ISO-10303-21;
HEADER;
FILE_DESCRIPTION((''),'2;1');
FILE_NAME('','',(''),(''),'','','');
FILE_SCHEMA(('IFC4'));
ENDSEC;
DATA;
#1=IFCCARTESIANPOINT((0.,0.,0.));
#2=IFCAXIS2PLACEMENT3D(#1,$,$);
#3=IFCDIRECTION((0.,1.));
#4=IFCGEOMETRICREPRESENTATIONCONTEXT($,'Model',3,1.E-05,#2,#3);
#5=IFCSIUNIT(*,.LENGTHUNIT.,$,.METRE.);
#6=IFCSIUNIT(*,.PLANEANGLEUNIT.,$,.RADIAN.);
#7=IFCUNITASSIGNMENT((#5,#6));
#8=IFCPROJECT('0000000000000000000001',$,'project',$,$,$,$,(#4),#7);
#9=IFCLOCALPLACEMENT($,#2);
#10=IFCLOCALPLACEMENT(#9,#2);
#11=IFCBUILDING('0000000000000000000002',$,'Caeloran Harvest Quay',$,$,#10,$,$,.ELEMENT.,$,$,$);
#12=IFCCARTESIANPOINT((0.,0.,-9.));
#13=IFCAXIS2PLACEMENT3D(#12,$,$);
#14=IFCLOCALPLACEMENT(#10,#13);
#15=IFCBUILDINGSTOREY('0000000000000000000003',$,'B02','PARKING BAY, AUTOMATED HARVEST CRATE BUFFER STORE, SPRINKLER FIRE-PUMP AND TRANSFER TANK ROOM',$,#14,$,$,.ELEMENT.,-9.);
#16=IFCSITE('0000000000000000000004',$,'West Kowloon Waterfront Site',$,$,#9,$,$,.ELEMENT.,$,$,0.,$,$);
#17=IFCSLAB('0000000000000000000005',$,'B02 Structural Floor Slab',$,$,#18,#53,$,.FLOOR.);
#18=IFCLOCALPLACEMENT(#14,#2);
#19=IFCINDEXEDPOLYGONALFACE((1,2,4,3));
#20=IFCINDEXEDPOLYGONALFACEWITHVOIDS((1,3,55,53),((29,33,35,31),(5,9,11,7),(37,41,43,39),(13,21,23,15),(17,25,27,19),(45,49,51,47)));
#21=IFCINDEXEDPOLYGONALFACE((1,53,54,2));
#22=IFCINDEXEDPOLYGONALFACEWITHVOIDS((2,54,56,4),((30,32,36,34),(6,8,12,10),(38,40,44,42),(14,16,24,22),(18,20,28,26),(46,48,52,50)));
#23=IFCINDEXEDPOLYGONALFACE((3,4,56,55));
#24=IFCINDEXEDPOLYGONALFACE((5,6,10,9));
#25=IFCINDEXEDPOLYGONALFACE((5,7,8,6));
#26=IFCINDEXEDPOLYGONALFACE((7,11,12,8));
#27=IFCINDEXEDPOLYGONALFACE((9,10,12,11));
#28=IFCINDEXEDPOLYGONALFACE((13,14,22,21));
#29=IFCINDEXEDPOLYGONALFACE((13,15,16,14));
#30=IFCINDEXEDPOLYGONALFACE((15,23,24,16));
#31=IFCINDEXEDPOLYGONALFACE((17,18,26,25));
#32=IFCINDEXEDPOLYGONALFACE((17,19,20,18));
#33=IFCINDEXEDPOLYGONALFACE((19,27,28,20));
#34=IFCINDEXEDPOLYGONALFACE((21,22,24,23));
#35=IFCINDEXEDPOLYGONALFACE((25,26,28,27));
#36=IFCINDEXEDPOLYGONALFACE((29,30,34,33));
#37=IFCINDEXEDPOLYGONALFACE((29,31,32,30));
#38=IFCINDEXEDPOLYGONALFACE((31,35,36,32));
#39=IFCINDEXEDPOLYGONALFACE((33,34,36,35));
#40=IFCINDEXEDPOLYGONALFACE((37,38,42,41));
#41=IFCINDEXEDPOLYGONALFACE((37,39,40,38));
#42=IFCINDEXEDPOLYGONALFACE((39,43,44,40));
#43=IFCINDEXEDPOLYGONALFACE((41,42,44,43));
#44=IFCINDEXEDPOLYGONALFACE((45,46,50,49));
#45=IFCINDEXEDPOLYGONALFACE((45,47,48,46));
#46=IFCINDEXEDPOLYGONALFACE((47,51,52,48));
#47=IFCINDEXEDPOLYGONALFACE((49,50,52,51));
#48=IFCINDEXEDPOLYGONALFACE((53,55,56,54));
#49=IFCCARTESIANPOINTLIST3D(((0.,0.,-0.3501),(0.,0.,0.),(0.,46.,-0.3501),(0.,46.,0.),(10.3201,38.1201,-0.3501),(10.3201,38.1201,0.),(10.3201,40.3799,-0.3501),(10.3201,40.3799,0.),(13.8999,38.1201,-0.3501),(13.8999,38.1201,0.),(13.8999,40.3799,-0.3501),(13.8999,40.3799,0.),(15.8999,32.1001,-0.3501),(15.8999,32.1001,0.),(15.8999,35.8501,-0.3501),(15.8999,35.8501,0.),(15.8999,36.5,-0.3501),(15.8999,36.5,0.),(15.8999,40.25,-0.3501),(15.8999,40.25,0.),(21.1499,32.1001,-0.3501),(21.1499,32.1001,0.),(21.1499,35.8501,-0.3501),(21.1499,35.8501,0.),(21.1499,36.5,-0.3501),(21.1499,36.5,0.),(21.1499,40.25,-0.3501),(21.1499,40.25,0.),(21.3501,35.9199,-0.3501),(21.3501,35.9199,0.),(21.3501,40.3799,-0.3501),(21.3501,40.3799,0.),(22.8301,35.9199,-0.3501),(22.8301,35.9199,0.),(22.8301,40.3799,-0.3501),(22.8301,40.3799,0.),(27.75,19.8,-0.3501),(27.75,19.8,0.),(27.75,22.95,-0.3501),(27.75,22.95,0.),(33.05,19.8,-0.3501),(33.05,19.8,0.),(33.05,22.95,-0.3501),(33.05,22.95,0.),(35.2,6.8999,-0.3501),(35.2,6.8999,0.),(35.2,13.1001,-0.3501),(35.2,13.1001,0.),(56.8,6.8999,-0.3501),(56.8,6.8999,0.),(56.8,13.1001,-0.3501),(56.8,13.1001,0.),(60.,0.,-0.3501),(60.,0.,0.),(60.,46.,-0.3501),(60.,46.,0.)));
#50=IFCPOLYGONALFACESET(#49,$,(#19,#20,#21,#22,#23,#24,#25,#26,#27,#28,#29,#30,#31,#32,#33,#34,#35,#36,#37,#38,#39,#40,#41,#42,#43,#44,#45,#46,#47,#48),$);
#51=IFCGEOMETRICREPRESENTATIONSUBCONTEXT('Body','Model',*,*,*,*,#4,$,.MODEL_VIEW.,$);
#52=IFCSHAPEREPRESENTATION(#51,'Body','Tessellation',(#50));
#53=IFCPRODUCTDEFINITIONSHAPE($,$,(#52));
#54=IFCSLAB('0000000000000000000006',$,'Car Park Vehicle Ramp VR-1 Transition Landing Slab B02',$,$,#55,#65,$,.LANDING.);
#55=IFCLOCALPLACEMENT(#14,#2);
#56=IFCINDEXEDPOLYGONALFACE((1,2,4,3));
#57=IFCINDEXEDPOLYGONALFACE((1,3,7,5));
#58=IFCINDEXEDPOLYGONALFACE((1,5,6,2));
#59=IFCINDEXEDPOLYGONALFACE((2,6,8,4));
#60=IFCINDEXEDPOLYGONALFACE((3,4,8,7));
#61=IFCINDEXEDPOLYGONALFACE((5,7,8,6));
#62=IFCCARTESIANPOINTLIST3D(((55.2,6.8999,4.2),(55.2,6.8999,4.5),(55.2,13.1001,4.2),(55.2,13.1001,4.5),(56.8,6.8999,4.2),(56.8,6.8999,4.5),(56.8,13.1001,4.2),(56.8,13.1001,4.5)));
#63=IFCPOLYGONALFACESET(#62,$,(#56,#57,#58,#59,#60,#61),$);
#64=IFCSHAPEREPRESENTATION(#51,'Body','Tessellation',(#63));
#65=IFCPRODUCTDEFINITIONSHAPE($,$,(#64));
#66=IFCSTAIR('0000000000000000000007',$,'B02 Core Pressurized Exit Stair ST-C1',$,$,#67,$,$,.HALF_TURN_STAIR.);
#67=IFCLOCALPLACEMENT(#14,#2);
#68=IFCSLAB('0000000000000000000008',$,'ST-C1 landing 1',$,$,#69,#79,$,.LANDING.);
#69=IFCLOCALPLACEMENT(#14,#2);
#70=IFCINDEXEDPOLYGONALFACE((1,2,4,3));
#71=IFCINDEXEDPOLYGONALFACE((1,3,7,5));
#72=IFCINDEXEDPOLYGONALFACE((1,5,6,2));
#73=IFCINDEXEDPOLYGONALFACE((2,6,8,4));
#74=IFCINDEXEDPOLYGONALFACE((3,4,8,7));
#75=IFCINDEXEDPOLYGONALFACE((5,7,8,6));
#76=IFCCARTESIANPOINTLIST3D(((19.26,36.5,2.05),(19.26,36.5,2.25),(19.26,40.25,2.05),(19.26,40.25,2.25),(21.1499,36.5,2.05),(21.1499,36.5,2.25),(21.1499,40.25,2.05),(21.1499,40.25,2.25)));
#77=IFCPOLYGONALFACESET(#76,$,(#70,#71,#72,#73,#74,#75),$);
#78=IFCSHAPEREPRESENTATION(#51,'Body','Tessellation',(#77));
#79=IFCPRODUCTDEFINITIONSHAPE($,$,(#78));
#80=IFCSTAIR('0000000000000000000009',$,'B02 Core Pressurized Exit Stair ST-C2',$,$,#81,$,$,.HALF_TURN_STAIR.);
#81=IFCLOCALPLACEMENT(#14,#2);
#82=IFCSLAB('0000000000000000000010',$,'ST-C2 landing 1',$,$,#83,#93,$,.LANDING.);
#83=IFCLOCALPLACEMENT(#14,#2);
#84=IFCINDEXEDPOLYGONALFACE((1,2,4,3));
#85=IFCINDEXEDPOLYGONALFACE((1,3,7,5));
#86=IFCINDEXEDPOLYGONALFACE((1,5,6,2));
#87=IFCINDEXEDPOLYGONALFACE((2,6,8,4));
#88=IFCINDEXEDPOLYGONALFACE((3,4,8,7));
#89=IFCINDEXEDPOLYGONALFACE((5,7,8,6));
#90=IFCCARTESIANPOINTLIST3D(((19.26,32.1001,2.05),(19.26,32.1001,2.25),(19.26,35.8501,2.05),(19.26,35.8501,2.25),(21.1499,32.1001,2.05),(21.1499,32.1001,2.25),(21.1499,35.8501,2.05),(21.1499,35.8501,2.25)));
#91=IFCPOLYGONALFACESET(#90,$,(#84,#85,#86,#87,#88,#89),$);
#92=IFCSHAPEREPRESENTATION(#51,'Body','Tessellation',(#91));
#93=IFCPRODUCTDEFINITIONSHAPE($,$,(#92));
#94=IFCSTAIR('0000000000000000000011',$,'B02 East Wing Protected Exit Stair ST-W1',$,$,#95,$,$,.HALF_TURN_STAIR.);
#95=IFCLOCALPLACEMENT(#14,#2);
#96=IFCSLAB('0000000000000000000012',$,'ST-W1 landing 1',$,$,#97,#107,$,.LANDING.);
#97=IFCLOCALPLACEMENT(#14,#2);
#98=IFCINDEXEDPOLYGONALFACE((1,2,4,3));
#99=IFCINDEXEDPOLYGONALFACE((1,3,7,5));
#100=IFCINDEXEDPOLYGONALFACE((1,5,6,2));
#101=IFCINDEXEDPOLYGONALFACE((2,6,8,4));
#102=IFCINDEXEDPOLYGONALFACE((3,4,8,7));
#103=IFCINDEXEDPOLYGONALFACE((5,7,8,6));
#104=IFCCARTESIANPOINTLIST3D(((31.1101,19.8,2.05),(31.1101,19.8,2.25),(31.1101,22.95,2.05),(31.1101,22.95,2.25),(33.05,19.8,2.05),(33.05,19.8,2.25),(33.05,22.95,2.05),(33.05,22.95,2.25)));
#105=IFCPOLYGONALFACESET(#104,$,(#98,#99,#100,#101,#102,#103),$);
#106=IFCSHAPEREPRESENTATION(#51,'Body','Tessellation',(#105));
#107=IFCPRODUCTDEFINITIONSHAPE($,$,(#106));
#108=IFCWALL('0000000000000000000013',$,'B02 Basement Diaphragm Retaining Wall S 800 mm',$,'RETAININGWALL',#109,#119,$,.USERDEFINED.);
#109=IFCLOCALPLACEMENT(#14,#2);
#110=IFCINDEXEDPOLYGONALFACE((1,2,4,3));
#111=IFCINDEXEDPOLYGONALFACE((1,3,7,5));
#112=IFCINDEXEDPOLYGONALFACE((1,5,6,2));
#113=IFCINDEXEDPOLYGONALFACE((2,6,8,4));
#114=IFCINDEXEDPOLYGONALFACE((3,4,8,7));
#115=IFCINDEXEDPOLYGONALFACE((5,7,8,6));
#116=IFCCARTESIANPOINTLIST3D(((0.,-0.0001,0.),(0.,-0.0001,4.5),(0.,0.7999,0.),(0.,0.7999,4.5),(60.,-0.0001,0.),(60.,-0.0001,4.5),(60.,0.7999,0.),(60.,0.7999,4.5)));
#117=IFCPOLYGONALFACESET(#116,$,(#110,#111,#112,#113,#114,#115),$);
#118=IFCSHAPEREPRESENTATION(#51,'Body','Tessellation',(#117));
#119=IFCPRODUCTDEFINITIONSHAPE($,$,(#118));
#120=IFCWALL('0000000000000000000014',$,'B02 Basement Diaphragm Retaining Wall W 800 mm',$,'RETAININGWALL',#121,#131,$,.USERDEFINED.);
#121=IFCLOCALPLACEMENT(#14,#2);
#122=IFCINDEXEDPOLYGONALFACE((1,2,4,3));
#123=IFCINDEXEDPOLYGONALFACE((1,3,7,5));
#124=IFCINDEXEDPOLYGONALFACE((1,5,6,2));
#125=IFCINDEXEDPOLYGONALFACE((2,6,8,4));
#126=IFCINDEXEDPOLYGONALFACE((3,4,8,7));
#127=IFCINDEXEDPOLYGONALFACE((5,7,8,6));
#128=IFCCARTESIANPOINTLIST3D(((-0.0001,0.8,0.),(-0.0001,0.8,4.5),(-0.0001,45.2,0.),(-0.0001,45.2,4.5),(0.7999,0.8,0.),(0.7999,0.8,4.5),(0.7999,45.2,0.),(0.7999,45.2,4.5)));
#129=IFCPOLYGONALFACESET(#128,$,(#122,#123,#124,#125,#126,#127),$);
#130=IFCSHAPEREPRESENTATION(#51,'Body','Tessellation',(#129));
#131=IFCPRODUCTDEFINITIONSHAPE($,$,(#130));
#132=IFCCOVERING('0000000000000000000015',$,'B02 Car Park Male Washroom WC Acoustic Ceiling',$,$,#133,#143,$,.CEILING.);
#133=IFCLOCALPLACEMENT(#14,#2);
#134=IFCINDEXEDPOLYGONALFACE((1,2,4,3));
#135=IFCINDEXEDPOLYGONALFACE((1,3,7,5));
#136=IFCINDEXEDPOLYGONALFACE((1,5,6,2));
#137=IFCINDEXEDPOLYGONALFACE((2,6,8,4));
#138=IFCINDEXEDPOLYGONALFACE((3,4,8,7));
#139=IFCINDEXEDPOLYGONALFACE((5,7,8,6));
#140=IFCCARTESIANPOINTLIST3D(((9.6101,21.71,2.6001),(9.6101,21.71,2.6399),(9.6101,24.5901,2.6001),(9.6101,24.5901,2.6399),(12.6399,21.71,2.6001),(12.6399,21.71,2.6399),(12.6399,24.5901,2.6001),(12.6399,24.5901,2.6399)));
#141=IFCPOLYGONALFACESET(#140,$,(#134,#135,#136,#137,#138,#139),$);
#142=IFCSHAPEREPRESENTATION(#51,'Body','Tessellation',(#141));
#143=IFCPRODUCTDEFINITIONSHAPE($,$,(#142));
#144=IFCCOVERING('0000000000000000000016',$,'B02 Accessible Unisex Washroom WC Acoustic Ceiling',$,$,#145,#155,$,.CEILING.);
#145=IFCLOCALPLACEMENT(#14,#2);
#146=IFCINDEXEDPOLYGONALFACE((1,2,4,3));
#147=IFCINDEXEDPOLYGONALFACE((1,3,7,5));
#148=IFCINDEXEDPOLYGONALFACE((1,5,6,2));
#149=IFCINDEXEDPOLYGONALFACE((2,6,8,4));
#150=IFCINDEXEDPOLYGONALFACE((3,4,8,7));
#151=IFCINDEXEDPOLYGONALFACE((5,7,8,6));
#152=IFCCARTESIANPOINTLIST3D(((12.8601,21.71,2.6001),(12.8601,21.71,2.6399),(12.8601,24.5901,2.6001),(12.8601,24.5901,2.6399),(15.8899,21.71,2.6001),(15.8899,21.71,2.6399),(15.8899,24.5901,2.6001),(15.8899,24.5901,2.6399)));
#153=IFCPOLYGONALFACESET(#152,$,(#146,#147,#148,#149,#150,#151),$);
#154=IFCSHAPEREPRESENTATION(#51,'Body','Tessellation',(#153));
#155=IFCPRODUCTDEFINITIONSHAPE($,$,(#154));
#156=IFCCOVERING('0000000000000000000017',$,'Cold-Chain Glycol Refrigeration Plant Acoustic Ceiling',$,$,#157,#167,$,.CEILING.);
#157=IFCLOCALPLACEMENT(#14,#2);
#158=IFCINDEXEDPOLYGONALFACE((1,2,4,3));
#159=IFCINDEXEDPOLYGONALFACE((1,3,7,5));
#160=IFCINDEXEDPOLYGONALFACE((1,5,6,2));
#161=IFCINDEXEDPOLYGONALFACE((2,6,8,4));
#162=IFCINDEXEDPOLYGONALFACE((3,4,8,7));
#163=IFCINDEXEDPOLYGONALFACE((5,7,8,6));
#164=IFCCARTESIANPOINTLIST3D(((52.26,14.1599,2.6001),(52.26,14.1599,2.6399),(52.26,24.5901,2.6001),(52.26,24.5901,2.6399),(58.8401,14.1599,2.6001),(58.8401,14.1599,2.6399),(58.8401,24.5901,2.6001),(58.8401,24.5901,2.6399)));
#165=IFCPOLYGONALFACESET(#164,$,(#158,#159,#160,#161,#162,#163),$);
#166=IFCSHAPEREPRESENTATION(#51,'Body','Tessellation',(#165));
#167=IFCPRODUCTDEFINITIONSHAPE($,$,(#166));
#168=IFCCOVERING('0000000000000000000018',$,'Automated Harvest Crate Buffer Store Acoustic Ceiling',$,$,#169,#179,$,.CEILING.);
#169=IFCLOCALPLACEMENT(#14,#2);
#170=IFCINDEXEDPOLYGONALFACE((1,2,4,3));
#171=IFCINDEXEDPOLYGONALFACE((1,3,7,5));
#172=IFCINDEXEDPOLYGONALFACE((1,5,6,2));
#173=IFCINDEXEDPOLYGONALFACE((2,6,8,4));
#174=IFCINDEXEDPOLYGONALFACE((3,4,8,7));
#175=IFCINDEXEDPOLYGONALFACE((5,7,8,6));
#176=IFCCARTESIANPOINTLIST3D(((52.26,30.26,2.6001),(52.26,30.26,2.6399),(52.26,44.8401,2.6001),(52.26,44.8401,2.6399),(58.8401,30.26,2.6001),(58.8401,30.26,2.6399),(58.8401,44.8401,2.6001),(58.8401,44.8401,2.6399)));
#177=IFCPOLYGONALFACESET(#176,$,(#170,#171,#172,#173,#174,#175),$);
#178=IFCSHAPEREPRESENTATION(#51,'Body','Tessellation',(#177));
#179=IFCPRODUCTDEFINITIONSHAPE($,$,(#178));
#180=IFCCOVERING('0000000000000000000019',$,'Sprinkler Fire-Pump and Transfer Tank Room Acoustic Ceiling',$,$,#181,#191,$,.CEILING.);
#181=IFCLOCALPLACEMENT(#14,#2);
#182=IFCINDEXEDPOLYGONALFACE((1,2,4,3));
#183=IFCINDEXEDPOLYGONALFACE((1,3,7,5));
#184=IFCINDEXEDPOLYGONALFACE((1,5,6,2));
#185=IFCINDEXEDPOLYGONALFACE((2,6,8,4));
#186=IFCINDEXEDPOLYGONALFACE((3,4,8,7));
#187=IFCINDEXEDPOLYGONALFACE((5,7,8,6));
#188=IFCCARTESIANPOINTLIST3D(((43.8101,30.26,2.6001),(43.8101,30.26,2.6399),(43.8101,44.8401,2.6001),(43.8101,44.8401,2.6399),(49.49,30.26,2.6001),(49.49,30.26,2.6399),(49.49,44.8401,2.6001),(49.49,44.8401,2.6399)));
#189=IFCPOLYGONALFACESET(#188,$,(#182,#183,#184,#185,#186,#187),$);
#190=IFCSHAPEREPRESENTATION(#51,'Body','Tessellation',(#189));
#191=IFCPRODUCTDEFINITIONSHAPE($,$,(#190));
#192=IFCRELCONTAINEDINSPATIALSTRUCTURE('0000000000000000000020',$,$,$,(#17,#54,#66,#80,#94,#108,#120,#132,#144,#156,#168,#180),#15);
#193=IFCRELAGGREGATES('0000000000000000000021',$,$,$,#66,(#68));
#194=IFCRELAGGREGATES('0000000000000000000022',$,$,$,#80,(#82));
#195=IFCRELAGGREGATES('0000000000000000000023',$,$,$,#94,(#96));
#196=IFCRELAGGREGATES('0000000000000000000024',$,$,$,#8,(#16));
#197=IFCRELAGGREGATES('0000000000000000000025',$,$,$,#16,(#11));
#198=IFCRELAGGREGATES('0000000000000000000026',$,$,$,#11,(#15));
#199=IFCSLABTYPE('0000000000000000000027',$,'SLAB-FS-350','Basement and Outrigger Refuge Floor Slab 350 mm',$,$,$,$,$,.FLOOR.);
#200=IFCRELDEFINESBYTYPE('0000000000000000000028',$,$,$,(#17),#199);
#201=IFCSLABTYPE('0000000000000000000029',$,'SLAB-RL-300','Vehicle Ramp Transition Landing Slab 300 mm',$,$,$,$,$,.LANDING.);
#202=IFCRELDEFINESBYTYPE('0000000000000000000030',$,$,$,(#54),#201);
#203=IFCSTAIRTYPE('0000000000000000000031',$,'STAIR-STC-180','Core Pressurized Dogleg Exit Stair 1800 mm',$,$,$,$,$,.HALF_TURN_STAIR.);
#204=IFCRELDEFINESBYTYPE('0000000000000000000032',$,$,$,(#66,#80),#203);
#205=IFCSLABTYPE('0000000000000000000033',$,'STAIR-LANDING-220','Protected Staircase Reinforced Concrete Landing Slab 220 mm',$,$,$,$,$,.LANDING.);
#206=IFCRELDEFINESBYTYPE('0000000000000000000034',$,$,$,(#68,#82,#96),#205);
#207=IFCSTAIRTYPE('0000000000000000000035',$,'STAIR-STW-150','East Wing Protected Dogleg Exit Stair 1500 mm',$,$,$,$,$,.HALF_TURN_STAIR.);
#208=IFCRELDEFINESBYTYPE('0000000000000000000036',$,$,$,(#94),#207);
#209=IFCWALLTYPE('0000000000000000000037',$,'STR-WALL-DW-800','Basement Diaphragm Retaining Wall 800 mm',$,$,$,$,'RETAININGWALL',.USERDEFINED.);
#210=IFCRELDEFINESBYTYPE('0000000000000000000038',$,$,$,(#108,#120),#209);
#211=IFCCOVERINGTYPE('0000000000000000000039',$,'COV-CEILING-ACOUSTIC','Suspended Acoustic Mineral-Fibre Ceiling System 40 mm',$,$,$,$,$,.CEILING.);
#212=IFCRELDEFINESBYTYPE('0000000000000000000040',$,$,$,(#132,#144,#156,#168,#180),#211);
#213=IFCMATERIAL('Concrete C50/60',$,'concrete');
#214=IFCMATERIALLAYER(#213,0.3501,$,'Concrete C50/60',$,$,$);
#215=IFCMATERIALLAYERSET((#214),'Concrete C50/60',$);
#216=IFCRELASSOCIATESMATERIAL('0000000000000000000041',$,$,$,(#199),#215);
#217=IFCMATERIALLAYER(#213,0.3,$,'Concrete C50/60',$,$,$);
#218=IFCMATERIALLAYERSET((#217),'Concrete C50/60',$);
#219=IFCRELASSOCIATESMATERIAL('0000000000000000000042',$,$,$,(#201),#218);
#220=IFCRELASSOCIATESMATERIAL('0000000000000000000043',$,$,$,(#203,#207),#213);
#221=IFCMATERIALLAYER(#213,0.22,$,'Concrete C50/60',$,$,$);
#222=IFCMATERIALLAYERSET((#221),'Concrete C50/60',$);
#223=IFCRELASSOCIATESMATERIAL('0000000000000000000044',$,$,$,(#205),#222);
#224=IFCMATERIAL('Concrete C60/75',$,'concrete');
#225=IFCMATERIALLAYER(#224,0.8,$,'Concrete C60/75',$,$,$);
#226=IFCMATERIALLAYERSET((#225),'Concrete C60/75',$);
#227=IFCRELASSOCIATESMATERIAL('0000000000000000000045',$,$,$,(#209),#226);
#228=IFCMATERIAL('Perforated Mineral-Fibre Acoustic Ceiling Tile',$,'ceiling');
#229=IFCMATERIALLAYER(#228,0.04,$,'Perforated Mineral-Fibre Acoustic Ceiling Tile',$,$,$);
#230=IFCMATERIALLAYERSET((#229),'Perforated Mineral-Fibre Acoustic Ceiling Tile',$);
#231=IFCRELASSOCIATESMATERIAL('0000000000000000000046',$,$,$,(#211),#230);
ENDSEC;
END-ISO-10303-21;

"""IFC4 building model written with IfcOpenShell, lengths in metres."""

from ifc_helpers import new_model, si_unit, direction, frame, frame_2d, origin, place, context, subcontext, project, spatial, polyline, rectangle, outline, extrude, material, layer, layer_set, type_object, element, aggregate, save


model = new_model("IFC4")

# Units and contexts
model_context = context("Model", 3, precision=1e-05, world=origin(), true_north=direction((0.0, 1.0)))
body_context = subcontext(model_context, "Body", "Model", "MODEL_VIEW")
ifc_project = project(units=[si_unit("LENGTHUNIT", "METRE"), si_unit("PLANEANGLEUNIT", "RADIAN")], contexts=[model_context])

# Site, building, storey
site_placement = place(None, origin())
site = spatial("IfcSite", under=ifc_project, at=site_placement, Name="West Kowloon Waterfront Site", CompositionType="ELEMENT", RefElevation=0.0)
building_placement = place(site_placement, origin())
building = spatial("IfcBuilding", under=site, at=building_placement, Name="Caeloran Harvest Quay", CompositionType="ELEMENT")
storey_placement = place(building_placement, frame((0.0, 0.0, -9.0)))
storey = spatial("IfcBuildingStorey", under=building, at=storey_placement, Name="B02", Description="PARKING BAY, AUTOMATED HARVEST CRATE BUFFER STORE, SPRINKLER FIRE-PUMP AND TRANSFER TANK ROOM", CompositionType="ELEMENT", Elevation=-9.0)

# Slabs
ifc_material_1 = material(Name="Concrete C50/60", Category="concrete")
ifc_layer_1 = layer(ifc_material_1, 0.3501, Name="Concrete C50/60")
ifc_layer_set_1 = layer_set([ifc_layer_1], Name="Concrete C50/60")
slab_type_1 = type_object("IfcSlabType", Name="SLAB-FS-350", Description="Basement and Outrigger Refuge Floor Slab 350 mm", PredefinedType="FLOOR", material=ifc_layer_set_1)
slab_1_placement = place(storey_placement, frame((0.0, 0.0, -0.3501)))
element("IfcSlab", 1, at=slab_1_placement, inside=storey, type_object=slab_type_1, Name="B02 Structural Floor Slab", PredefinedType="FLOOR", context=body_context, shape_type="SweptSolid", body=[
    extrude(outline(polyline([(0.0, 0.0), (60.0, 0.0), (60.0, 46.0), (0.0, 46.0), (0.0, 0.0)]), holes=[polyline([(56.8, 13.1001), (56.8, 6.8999), (35.2, 6.8999), (35.2, 13.1001), (56.8, 13.1001)]), polyline([(27.75, 19.8), (27.75, 22.95), (33.05, 22.95), (33.05, 19.8), (27.75, 19.8)]), polyline([(15.8999, 32.1001), (15.8999, 35.8501), (21.1499, 35.8501), (21.1499, 32.1001), (15.8999, 32.1001)]), polyline([(22.8301, 40.3799), (22.8301, 35.9199), (21.3501, 35.9199), (21.3501, 40.3799), (22.8301, 40.3799)]), polyline([(15.8999, 36.5), (15.8999, 40.25), (21.1499, 40.25), (21.1499, 36.5), (15.8999, 36.5)]), polyline([(13.8999, 38.1201), (10.3201, 38.1201), (10.3201, 40.3799), (13.8999, 40.3799), (13.8999, 38.1201)])]), origin(), (0.0, 0.0, 1.0), 0.3501),
])
ifc_layer_2 = layer(ifc_material_1, 0.3, Name="Concrete C50/60")
ifc_layer_set_2 = layer_set([ifc_layer_2], Name="Concrete C50/60")
slab_type_2 = type_object("IfcSlabType", Name="SLAB-RL-300", Description="Vehicle Ramp Transition Landing Slab 300 mm", PredefinedType="LANDING", material=ifc_layer_set_2)
slab_2_placement = place(storey_placement, frame((0.0, 0.0, 4.2)))
element("IfcSlab", 2, at=slab_2_placement, inside=storey, type_object=slab_type_2, Name="Car Park Vehicle Ramp VR-1 Transition Landing Slab B02", PredefinedType="LANDING", context=body_context, shape_type="SweptSolid", body=[
    extrude(outline(polyline([(55.2, 6.8999), (56.8, 6.8999), (56.8, 13.1001), (55.2, 13.1001), (55.2, 6.8999)])), origin(), (0.0, 0.0, 1.0), 0.3),
])

# Stairs, slabs
stair_type_1 = type_object("IfcStairType", Name="STAIR-STC-180", Description="Core Pressurized Dogleg Exit Stair 1800 mm", PredefinedType="HALF_TURN_STAIR", material=ifc_material_1)
stair_1_placement = place(storey_placement, origin())
stair_1 = element("IfcStair", 3, at=stair_1_placement, inside=storey, type_object=stair_type_1, Name="B02 Core Pressurized Exit Stair ST-C1", PredefinedType="HALF_TURN_STAIR")
ifc_layer_3 = layer(ifc_material_1, 0.22, Name="Concrete C50/60")
ifc_layer_set_3 = layer_set([ifc_layer_3], Name="Concrete C50/60")
slab_type_3 = type_object("IfcSlabType", Name="STAIR-LANDING-220", Description="Protected Staircase Reinforced Concrete Landing Slab 220 mm", PredefinedType="LANDING", material=ifc_layer_set_3)
slab_3_placement = place(storey_placement, frame((0.0, 0.0, 2.05)))
slab_3 = element("IfcSlab", 4, at=slab_3_placement, type_object=slab_type_3, Name="ST-C1 landing 1", PredefinedType="LANDING", context=body_context, shape_type="SweptSolid", body=[
    extrude(outline(polyline([(19.26, 36.5), (21.1499, 36.5), (21.1499, 40.25), (19.26, 40.25), (19.26, 36.5)])), origin(), (0.0, 0.0, 1.0), 0.2),
])
aggregate(stair_1, [slab_3])
stair_2_placement = place(storey_placement, origin())
stair_2 = element("IfcStair", 5, at=stair_2_placement, inside=storey, type_object=stair_type_1, Name="B02 Core Pressurized Exit Stair ST-C2", PredefinedType="HALF_TURN_STAIR")
slab_4_placement = place(storey_placement, frame((0.0, 0.0, 2.05)))
slab_4 = element("IfcSlab", 6, at=slab_4_placement, type_object=slab_type_3, Name="ST-C2 landing 1", PredefinedType="LANDING", context=body_context, shape_type="SweptSolid", body=[
    extrude(outline(polyline([(19.26, 32.1001), (21.1499, 32.1001), (21.1499, 35.8501), (19.26, 35.8501), (19.26, 32.1001)])), origin(), (0.0, 0.0, 1.0), 0.2),
])
aggregate(stair_2, [slab_4])
stair_type_2 = type_object("IfcStairType", Name="STAIR-STW-150", Description="East Wing Protected Dogleg Exit Stair 1500 mm", PredefinedType="HALF_TURN_STAIR", material=ifc_material_1)
stair_3_placement = place(storey_placement, origin())
stair_3 = element("IfcStair", 7, at=stair_3_placement, inside=storey, type_object=stair_type_2, Name="B02 East Wing Protected Exit Stair ST-W1", PredefinedType="HALF_TURN_STAIR")
slab_5_placement = place(storey_placement, frame((0.0, 0.0, 2.05)))
slab_5 = element("IfcSlab", 8, at=slab_5_placement, type_object=slab_type_3, Name="ST-W1 landing 1", PredefinedType="LANDING", context=body_context, shape_type="SweptSolid", body=[
    extrude(outline(polyline([(31.1101, 19.8), (33.05, 19.8), (33.05, 22.95), (31.1101, 22.95), (31.1101, 19.8)])), origin(), (0.0, 0.0, 1.0), 0.2),
])
aggregate(stair_3, [slab_5])

# Walls
ifc_material_2 = material(Name="Concrete C60/75", Category="concrete")
ifc_layer_4 = layer(ifc_material_2, 0.8, Name="Concrete C60/75")
ifc_layer_set_4 = layer_set([ifc_layer_4], Name="Concrete C60/75")
wall_type = type_object("IfcWallType", Name="STR-WALL-DW-800", Description="Basement Diaphragm Retaining Wall 800 mm", ElementType="RETAININGWALL", PredefinedType="USERDEFINED", material=ifc_layer_set_4)
wall_1_placement = place(storey_placement, frame((0.0, 0.3999, 0.0), z_axis=(0.0, 0.0, 1.0), x_axis=(1.0, 0.0, 0.0)))
element("IfcWall", 9, at=wall_1_placement, inside=storey, type_object=wall_type, Name="B02 Basement Diaphragm Retaining Wall S 800 mm", ObjectType="RETAININGWALL", PredefinedType="USERDEFINED", context=body_context, shape_type="SweptSolid", body=[
    extrude(rectangle(XDim=60.0, YDim=0.8, at=frame_2d((30.0, 0.0))), origin(), (0.0, 0.0, 1.0), 4.5),
])
wall_2_placement = place(storey_placement, frame((0.3999, 0.8, 0.0), z_axis=(0.0, 0.0, 1.0), x_axis=(0.0, 1.0, 0.0)))
element("IfcWall", 10, at=wall_2_placement, inside=storey, type_object=wall_type, Name="B02 Basement Diaphragm Retaining Wall W 800 mm", ObjectType="RETAININGWALL", PredefinedType="USERDEFINED", context=body_context, shape_type="SweptSolid", body=[
    extrude(rectangle(XDim=44.3999, YDim=0.8, at=frame_2d((22.2, 0.0))), origin(), (0.0, 0.0, 1.0), 4.5),
])

# Coverings
ifc_material_3 = material(Name="Perforated Mineral-Fibre Acoustic Ceiling Tile", Category="ceiling")
ifc_layer_5 = layer(ifc_material_3, 0.04, Name="Perforated Mineral-Fibre Acoustic Ceiling Tile")
ifc_layer_set_5 = layer_set([ifc_layer_5], Name="Perforated Mineral-Fibre Acoustic Ceiling Tile")
covering_type_1 = type_object("IfcCoveringType", Name="COV-CEILING-ACOUSTIC", Description="Suspended Acoustic Mineral-Fibre Ceiling System 40 mm", PredefinedType="CEILING", material=ifc_layer_set_5)
covering_1_placement = place(storey_placement, frame((0.0, 0.0, 2.6001)))
element("IfcCovering", 11, at=covering_1_placement, inside=storey, type_object=covering_type_1, Name="B02 Car Park Male Washroom WC Acoustic Ceiling", PredefinedType="CEILING", context=body_context, shape_type="SweptSolid", body=[
    extrude(outline(polyline([(12.6399, 24.5901), (12.6399, 21.71), (9.6101, 21.71), (9.6101, 24.5901), (12.6399, 24.5901)])), origin(), (0.0, 0.0, 1.0), 0.0398),
])
covering_2_placement = place(storey_placement, frame((0.0, 0.0, 2.6001)))
element("IfcCovering", 12, at=covering_2_placement, inside=storey, type_object=covering_type_1, Name="B02 Accessible Unisex Washroom WC Acoustic Ceiling", PredefinedType="CEILING", context=body_context, shape_type="SweptSolid", body=[
    extrude(outline(polyline([(15.8899, 24.5901), (15.8899, 21.71), (12.8601, 21.71), (12.8601, 24.5901), (15.8899, 24.5901)])), origin(), (0.0, 0.0, 1.0), 0.0398),
])
covering_3_placement = place(storey_placement, frame((0.0, 0.0, 2.6001)))
element("IfcCovering", 13, at=covering_3_placement, inside=storey, type_object=covering_type_1, Name="Cold-Chain Glycol Refrigeration Plant Acoustic Ceiling", PredefinedType="CEILING", context=body_context, shape_type="SweptSolid", body=[
    extrude(outline(polyline([(58.8401, 24.5901), (58.8401, 14.1599), (52.26, 14.1599), (52.26, 24.5901), (58.8401, 24.5901)])), origin(), (0.0, 0.0, 1.0), 0.0398),
])
covering_4_placement = place(storey_placement, frame((0.0, 0.0, 2.6001)))
element("IfcCovering", 14, at=covering_4_placement, inside=storey, type_object=covering_type_1, Name="Automated Harvest Crate Buffer Store Acoustic Ceiling", PredefinedType="CEILING", context=body_context, shape_type="SweptSolid", body=[
    extrude(outline(polyline([(58.8401, 44.8401), (58.8401, 30.26), (52.26, 30.26), (52.26, 44.8401), (58.8401, 44.8401)])), origin(), (0.0, 0.0, 1.0), 0.0398),
])
covering_5_placement = place(storey_placement, frame((0.0, 0.0, 2.6001)))
element("IfcCovering", 15, at=covering_5_placement, inside=storey, type_object=covering_type_1, Name="Sprinkler Fire-Pump and Transfer Tank Room Acoustic Ceiling", PredefinedType="CEILING", context=body_context, shape_type="SweptSolid", body=[
    extrude(outline(polyline([(49.49, 44.8401), (49.49, 30.26), (43.8101, 30.26), (43.8101, 44.8401), (49.49, 44.8401)])), origin(), (0.0, 0.0, 1.0), 0.0398),
])

save(model, "model.ifc")
